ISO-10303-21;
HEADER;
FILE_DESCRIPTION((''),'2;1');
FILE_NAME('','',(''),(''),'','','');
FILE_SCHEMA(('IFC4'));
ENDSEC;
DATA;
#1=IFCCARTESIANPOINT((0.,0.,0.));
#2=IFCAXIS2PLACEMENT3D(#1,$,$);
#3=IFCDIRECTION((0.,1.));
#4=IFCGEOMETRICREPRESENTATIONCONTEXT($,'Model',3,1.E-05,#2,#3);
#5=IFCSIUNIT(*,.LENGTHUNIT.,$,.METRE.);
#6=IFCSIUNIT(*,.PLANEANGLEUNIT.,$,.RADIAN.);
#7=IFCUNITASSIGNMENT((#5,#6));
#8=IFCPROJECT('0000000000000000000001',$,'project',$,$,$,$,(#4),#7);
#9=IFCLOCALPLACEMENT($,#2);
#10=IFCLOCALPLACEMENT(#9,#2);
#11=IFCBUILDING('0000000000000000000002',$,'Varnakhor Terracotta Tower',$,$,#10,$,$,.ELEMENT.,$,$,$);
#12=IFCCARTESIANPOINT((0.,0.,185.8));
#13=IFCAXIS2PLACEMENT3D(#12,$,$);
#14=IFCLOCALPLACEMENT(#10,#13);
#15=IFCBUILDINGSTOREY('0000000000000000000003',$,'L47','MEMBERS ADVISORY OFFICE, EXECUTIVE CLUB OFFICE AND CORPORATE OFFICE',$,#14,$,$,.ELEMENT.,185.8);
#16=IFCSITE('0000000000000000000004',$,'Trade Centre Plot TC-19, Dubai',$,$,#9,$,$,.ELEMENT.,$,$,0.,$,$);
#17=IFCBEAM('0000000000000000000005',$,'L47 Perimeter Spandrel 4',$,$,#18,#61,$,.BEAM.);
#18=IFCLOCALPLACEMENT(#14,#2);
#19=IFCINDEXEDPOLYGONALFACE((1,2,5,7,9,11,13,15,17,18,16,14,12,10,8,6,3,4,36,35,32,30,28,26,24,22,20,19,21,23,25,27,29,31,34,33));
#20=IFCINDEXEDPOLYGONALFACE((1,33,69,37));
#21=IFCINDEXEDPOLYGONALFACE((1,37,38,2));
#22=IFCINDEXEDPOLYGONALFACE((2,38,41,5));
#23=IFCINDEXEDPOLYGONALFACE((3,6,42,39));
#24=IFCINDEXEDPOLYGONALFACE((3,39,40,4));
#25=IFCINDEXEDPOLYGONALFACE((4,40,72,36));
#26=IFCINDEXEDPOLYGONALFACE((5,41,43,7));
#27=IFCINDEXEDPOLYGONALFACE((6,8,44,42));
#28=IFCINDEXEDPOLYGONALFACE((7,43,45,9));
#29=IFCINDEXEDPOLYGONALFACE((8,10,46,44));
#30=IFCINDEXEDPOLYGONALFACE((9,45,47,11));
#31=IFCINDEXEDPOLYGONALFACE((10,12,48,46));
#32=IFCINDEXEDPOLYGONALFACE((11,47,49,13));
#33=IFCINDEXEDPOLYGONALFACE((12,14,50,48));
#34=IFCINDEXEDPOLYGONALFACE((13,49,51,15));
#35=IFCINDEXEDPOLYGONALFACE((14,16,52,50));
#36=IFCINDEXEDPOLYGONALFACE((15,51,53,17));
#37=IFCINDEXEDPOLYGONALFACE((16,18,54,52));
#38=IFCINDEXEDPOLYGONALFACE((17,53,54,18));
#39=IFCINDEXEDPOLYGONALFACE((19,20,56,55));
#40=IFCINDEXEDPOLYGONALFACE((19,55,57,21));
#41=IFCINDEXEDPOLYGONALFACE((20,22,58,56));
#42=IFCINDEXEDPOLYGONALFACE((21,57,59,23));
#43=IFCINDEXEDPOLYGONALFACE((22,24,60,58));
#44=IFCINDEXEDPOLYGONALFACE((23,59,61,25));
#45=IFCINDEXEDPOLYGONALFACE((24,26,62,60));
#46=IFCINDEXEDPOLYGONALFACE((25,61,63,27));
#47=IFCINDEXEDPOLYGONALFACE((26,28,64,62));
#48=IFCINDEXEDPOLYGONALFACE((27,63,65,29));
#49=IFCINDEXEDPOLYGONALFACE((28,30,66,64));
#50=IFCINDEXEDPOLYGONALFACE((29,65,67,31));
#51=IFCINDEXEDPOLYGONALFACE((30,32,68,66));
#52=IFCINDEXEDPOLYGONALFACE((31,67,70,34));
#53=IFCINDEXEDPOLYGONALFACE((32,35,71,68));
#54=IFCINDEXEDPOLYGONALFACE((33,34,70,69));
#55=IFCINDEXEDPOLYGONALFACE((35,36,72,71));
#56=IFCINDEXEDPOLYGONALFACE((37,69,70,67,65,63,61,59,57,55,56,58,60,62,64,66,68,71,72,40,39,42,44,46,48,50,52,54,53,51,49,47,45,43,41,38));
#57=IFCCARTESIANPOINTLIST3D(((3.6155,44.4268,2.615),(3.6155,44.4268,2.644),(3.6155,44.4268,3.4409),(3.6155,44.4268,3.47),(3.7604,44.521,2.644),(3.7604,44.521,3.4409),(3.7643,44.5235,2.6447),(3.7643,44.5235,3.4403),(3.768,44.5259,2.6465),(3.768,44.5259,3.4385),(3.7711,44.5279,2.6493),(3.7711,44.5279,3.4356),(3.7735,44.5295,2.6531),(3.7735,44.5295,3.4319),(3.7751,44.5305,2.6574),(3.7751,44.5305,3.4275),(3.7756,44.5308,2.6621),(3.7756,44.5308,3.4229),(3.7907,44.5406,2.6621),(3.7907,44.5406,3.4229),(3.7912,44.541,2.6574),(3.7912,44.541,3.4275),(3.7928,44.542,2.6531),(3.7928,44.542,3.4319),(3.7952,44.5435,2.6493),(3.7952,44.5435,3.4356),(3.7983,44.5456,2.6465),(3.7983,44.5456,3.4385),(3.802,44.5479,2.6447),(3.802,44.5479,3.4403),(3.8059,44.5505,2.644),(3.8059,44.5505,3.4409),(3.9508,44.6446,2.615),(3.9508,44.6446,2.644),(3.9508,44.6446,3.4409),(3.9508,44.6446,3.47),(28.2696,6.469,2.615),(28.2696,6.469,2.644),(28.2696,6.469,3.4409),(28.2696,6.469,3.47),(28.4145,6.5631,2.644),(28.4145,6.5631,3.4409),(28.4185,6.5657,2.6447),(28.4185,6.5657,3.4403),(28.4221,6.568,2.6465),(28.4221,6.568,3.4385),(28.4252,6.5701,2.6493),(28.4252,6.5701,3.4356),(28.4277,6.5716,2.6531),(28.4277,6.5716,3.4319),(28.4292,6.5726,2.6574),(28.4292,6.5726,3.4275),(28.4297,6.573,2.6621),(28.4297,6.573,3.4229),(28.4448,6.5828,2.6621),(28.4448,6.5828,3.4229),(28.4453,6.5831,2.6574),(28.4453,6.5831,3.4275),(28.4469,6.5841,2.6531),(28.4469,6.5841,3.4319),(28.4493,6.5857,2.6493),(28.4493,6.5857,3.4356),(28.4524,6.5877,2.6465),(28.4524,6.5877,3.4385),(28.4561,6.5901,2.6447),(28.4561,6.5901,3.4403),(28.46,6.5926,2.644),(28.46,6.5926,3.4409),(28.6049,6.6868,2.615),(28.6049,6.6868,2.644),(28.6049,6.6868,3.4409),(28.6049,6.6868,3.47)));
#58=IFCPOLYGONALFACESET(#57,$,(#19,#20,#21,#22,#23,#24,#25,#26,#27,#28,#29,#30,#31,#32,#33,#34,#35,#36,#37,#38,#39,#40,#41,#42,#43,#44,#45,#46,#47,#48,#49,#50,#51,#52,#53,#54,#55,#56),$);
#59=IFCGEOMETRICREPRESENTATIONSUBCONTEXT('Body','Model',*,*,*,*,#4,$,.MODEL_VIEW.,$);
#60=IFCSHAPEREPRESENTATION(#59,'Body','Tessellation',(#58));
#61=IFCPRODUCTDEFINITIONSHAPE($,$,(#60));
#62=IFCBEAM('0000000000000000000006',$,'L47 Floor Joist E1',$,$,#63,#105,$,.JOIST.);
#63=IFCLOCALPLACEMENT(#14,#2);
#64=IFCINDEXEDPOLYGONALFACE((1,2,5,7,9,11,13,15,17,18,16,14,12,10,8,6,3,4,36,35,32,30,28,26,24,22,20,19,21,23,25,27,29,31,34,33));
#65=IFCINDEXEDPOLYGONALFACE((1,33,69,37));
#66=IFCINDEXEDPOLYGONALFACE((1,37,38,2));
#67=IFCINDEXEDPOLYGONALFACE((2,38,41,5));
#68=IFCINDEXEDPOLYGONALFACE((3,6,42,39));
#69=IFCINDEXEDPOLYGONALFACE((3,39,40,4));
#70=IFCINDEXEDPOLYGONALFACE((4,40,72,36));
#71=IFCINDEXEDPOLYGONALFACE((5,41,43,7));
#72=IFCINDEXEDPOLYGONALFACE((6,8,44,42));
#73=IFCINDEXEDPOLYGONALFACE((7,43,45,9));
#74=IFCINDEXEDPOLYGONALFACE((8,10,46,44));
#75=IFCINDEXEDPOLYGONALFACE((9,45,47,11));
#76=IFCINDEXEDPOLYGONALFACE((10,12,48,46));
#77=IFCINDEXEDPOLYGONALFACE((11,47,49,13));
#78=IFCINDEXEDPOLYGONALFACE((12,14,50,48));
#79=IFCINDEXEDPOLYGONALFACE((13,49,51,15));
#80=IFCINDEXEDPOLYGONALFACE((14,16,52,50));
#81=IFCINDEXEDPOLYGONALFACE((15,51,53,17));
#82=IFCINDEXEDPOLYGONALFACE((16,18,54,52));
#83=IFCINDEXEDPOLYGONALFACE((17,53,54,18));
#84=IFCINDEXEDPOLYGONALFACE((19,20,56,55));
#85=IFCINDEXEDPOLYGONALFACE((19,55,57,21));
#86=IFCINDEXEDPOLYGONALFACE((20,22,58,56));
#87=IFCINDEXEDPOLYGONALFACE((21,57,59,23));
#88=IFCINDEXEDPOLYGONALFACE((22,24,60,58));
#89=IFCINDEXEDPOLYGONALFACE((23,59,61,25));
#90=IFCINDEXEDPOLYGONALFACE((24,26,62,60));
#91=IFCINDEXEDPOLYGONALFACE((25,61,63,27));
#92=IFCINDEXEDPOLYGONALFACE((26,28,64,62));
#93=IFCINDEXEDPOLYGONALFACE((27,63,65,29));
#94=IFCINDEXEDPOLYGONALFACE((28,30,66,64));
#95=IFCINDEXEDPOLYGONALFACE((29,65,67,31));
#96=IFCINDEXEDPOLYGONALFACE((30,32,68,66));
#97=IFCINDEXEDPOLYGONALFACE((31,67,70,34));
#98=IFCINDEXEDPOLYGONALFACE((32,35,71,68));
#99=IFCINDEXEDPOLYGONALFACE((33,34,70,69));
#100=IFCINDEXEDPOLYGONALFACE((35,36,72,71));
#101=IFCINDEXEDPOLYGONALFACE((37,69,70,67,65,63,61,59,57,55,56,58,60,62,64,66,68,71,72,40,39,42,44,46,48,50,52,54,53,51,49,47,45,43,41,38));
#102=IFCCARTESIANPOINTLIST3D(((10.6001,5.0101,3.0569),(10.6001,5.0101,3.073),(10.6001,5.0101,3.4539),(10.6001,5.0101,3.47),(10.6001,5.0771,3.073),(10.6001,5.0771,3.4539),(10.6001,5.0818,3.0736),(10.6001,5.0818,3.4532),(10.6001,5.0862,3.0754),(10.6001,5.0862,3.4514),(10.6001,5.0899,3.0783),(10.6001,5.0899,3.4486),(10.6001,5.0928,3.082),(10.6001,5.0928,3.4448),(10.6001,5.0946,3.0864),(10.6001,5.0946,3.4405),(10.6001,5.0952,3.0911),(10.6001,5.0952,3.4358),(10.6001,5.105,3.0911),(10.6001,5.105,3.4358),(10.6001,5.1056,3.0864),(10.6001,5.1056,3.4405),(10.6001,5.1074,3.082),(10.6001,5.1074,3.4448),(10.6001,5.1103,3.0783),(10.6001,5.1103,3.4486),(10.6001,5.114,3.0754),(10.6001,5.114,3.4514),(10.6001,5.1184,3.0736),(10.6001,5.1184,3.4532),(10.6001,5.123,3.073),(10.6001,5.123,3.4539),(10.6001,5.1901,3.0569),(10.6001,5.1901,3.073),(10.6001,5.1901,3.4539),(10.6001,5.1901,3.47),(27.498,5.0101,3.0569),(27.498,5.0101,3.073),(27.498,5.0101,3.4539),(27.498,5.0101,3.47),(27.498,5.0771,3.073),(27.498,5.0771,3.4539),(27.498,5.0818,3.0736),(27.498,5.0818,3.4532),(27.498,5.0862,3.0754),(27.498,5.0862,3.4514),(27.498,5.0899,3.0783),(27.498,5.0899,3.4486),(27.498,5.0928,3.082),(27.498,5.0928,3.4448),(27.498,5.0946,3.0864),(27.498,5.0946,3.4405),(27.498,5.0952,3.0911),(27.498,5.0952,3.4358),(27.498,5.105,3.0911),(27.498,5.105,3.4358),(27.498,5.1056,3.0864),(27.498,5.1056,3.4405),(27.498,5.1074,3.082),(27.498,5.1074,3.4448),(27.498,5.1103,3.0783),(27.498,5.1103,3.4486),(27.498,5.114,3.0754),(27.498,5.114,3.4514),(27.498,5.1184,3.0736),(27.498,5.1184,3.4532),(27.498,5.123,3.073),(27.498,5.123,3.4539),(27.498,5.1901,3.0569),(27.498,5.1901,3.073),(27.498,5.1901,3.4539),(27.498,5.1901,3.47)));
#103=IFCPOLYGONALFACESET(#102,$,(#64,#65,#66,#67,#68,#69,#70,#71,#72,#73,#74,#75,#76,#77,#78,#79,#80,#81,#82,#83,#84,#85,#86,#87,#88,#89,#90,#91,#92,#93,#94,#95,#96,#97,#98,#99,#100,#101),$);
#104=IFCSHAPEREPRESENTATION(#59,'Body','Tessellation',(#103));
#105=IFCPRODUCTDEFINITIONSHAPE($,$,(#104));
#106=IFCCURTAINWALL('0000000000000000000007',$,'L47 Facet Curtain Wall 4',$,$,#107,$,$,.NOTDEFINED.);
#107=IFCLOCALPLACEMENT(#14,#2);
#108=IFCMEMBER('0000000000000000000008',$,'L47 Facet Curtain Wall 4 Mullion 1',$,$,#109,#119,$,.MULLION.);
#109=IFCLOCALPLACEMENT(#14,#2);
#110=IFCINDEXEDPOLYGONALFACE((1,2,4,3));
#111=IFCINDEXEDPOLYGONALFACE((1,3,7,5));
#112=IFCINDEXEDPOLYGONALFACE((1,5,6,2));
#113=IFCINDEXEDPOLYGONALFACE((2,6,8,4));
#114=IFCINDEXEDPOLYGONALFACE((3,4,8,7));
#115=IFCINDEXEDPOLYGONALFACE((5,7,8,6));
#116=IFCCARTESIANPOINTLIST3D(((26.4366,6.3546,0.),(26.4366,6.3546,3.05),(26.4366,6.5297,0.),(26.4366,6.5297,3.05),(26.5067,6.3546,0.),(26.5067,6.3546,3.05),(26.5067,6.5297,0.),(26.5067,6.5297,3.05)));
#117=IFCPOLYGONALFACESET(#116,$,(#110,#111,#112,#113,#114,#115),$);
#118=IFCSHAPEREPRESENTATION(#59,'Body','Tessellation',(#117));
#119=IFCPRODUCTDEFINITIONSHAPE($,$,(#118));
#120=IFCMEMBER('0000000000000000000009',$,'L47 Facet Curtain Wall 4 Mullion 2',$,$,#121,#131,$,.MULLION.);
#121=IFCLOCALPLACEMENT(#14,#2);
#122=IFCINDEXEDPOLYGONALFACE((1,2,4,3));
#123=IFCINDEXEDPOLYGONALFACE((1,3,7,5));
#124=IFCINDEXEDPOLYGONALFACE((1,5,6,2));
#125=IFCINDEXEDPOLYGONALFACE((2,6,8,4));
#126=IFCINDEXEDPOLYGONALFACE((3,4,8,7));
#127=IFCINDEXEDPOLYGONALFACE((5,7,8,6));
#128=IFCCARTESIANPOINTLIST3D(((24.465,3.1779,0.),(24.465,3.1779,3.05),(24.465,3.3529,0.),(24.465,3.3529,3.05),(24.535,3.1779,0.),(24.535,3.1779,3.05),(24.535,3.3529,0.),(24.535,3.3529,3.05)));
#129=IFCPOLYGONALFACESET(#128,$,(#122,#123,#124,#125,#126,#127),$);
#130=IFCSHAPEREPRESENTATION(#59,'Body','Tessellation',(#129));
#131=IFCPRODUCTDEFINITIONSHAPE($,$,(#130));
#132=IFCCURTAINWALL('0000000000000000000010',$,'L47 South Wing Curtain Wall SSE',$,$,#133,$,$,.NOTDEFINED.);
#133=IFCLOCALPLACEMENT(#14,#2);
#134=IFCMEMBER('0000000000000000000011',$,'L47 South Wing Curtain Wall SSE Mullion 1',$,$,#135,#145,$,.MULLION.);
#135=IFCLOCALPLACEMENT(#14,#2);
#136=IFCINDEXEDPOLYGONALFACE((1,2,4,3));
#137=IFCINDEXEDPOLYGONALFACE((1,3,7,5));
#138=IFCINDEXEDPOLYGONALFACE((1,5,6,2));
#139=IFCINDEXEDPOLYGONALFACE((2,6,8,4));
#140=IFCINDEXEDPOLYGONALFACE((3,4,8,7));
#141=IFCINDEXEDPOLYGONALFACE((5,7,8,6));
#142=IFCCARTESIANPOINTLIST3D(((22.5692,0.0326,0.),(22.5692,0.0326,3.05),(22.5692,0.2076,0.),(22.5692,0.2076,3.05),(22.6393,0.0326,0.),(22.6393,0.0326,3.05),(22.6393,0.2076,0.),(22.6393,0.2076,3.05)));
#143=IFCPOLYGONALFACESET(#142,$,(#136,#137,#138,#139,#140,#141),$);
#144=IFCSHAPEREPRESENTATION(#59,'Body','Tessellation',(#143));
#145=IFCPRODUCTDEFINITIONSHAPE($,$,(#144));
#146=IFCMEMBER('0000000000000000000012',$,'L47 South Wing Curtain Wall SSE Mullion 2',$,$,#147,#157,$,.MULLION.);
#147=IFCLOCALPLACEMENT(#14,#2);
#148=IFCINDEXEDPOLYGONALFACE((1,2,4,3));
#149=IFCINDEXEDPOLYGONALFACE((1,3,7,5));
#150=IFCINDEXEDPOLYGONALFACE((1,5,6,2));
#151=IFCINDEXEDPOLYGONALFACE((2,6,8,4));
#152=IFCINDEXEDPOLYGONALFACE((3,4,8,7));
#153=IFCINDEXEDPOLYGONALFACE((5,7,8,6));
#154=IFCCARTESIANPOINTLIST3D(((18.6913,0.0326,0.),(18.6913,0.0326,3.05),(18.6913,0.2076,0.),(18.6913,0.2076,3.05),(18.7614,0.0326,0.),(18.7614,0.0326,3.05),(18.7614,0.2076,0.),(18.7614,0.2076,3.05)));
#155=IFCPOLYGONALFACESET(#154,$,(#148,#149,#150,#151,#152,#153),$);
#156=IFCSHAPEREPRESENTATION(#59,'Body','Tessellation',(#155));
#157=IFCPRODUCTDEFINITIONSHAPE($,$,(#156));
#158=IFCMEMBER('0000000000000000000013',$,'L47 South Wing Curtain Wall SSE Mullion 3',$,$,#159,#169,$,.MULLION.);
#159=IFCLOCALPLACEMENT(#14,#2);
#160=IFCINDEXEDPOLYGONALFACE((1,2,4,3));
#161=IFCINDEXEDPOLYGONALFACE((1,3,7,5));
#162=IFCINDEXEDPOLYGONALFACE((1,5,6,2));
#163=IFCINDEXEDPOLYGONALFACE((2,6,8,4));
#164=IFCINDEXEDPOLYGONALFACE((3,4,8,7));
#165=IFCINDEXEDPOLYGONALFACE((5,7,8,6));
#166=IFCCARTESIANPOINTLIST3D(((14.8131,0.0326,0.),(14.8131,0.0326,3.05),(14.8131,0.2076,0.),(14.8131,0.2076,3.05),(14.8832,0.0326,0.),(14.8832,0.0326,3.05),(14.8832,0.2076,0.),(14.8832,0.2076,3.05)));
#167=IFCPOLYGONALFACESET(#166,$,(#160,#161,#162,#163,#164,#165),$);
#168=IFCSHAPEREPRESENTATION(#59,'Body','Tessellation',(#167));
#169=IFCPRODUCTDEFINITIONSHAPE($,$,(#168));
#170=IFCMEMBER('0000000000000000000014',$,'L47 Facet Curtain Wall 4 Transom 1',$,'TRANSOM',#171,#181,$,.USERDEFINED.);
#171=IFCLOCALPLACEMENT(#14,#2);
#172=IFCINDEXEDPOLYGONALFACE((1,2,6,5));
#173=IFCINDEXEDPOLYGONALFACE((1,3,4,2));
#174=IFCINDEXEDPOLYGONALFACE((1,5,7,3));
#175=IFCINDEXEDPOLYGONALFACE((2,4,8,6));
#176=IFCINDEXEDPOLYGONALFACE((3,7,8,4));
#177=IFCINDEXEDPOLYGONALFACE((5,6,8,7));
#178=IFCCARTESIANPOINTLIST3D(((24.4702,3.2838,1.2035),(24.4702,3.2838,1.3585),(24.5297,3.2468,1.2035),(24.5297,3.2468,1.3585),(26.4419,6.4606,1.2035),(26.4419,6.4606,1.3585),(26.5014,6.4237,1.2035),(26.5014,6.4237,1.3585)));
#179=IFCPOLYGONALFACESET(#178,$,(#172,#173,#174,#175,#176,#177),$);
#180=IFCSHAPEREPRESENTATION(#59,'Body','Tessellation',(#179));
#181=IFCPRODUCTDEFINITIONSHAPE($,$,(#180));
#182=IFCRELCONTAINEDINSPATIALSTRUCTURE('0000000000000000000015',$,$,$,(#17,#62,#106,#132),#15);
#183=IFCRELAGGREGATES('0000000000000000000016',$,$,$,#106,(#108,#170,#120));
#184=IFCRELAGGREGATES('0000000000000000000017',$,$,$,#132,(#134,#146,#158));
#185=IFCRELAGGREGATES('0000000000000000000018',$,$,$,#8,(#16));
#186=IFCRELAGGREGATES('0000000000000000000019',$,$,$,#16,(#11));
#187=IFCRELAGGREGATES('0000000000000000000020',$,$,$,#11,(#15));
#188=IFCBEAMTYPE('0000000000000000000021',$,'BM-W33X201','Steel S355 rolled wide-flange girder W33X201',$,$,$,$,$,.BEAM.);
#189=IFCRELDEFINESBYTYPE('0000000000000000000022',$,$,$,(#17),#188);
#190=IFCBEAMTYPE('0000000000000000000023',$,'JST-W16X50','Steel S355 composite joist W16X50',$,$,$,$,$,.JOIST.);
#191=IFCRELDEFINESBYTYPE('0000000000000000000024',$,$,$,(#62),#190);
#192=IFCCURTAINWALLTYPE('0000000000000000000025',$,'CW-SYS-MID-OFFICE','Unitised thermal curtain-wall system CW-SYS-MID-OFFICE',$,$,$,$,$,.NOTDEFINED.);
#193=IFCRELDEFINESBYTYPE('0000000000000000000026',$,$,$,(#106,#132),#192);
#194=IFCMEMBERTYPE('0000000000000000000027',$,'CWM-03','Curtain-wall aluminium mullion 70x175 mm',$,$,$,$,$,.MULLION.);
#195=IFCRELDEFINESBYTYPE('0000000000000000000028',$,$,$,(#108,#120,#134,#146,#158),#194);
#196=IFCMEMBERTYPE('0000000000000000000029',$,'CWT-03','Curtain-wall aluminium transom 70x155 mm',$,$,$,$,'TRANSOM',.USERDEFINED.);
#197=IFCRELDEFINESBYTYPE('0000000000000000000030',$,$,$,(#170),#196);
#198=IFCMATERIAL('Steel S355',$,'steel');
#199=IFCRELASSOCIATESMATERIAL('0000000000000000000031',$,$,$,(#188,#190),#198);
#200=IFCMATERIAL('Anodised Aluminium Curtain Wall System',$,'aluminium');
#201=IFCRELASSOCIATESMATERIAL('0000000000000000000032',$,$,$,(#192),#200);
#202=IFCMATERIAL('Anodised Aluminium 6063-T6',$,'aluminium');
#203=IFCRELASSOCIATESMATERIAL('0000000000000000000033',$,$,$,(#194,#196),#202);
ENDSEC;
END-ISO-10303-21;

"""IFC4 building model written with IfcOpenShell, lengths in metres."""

from ifc_helpers import new_model, si_unit, direction, frame, origin, origin_2d, place, context, subcontext, project, spatial, rectangle, i_section, extrude, source, transform, mapped, material, material_profile, profile_set, type_object, element, aggregate, save


model = new_model("IFC4")

# Units and contexts
model_context = context("Model", 3, precision=1e-05, world=origin(), true_north=direction((0.0, 1.0)))
body_context = subcontext(model_context, "Body", "Model", "MODEL_VIEW")
ifc_project = project(units=[si_unit("LENGTHUNIT", "METRE"), si_unit("PLANEANGLEUNIT", "RADIAN")], contexts=[model_context])

# Site, building, storey
site_placement = place(None, origin())
site = spatial("IfcSite", under=ifc_project, at=site_placement, Name="Trade Centre Plot TC-19, Dubai", CompositionType="ELEMENT", RefElevation=0.0)
building_placement = place(site_placement, origin())
building = spatial("IfcBuilding", under=site, at=building_placement, Name="Varnakhor Terracotta Tower", CompositionType="ELEMENT")
storey_placement = place(building_placement, frame((0.0, 0.0, 185.8)))
storey = spatial("IfcBuildingStorey", under=building, at=storey_placement, Name="L47", Description="MEMBERS ADVISORY OFFICE, EXECUTIVE CLUB OFFICE AND CORPORATE OFFICE", CompositionType="ELEMENT", Elevation=185.8)

# Beams
ifc_material_1 = material(Name="Steel S355", Category="steel")
ifc_material_profile_1 = material_profile(ifc_material_1, i_section(OverallWidth=0.3999, OverallDepth=0.855, WebThickness=0.0181, FlangeThickness=0.0291, FilletRadius=0.0181, at=origin_2d()), Name="W33X201")
ifc_profile_set_1 = profile_set([ifc_material_profile_1], Name="Steel S355")
beam_type_1 = type_object("IfcBeamType", Name="BM-W33X201", Description="Steel S355 rolled wide-flange girder W33X201", PredefinedType="BEAM", material=ifc_profile_set_1)
shared_shape_1 = source(origin(), body_context, "Body", "SweptSolid", [
    extrude(i_section(OverallWidth=0.3999, OverallDepth=0.855, WebThickness=0.0181, FlangeThickness=0.0291, FilletRadius=0.0181, at=origin_2d()), origin(), (0.0, 0.0, 1.0), 45.2617),
])
beam_1_placement = place(storey_placement, frame((28.4373, 6.5779, 3.0425), z_axis=(-0.544701, 0.83863, 0.0), x_axis=(-0.83863, -0.544701, 0.0)))
element("IfcBeam", 1, at=beam_1_placement, inside=storey, type_object=beam_type_1, Name="L47 Perimeter Spandrel 4", PredefinedType="BEAM", context=body_context, shape_type="MappedRepresentation", body=[
    mapped(shared_shape_1, transform((0.0, 0.0, 0.0), scale=1.0)),
])
ifc_material_profile_2 = material_profile(ifc_material_1, i_section(OverallWidth=0.1799, OverallDepth=0.4131, WebThickness=0.0098, FlangeThickness=0.0161, FilletRadius=0.0181, at=origin_2d()), Name="W16X50")
ifc_profile_set_2 = profile_set([ifc_material_profile_2], Name="Steel S355")
beam_type_2 = type_object("IfcBeamType", Name="JST-W16X50", Description="Steel S355 composite joist W16X50", PredefinedType="JOIST", material=ifc_profile_set_2)
shared_shape_2 = source(origin(), body_context, "Body", "SweptSolid", [
    extrude(i_section(OverallWidth=0.1799, OverallDepth=0.4131, WebThickness=0.0098, FlangeThickness=0.0161, FilletRadius=0.0181, at=origin_2d()), origin(), (0.0, 0.0, 1.0), 16.8979),
])
beam_2_placement = place(storey_placement, frame((10.6001, 5.1001, 3.2634), z_axis=(1.0, 0.0, 0.0), x_axis=(0.0, 1.0, 0.0)))
element("IfcBeam", 2, at=beam_2_placement, inside=storey, type_object=beam_type_2, Name="L47 Floor Joist E1", PredefinedType="JOIST", context=body_context, shape_type="MappedRepresentation", body=[
    mapped(shared_shape_2, transform((0.0, 0.0, 0.0), scale=1.0)),
])

# Curtain walls, members
ifc_material_2 = material(Name="Anodised Aluminium Curtain Wall System", Category="aluminium")
curtain_wall_type = type_object("IfcCurtainWallType", Name="CW-SYS-MID-OFFICE", Description="Unitised thermal curtain-wall system CW-SYS-MID-OFFICE", PredefinedType="NOTDEFINED", material=ifc_material_2)
curtain_wall_1_placement = place(storey_placement, origin())
curtain_wall_1 = element("IfcCurtainWall", 3, at=curtain_wall_1_placement, inside=storey, type_object=curtain_wall_type, Name="L47 Facet Curtain Wall 4", PredefinedType="NOTDEFINED")
ifc_material_3 = material(Name="Anodised Aluminium 6063-T6", Category="aluminium")
ifc_material_profile_3 = material_profile(ifc_material_3, rectangle(XDim=0.0701, YDim=0.175, at=origin_2d()), Name="ALU MULLION 70x175")
ifc_profile_set_3 = profile_set([ifc_material_profile_3], Name="Anodised Aluminium 6063-T6")
member_type_1 = type_object("IfcMemberType", Name="CWM-03", Description="Curtain-wall aluminium mullion 70x175 mm", PredefinedType="MULLION", material=ifc_profile_set_3)
shared_shape_3 = source(origin(), body_context, "Body", "SweptSolid", [
    extrude(rectangle(XDim=0.0701, YDim=0.175, at=origin_2d()), origin(), (0.0, 0.0, 1.0), 3.05),
])
member_1_placement = place(storey_placement, frame((26.4717, 6.4421, 0.0), z_axis=(0.0, 0.0, 1.0), x_axis=(1.0, 0.0, 0.0)))
member_1 = element("IfcMember", 4, at=member_1_placement, type_object=member_type_1, Name="L47 Facet Curtain Wall 4 Mullion 1", PredefinedType="MULLION", context=body_context, shape_type="MappedRepresentation", body=[
    mapped(shared_shape_3, transform((0.0, 0.0, 0.0), scale=1.0)),
])
member_2_placement = place(storey_placement, frame((24.5, 3.2654, 0.0), z_axis=(0.0, 0.0, 1.0), x_axis=(1.0, 0.0, 0.0)))
member_2 = element("IfcMember", 5, at=member_2_placement, type_object=member_type_1, Name="L47 Facet Curtain Wall 4 Mullion 2", PredefinedType="MULLION", context=body_context, shape_type="MappedRepresentation", body=[
    mapped(shared_shape_3, transform((0.0, 0.0, 0.0), scale=1.0)),
])
curtain_wall_2_placement = place(storey_placement, origin())
curtain_wall_2 = element("IfcCurtainWall", 6, at=curtain_wall_2_placement, inside=storey, type_object=curtain_wall_type, Name="L47 South Wing Curtain Wall SSE", PredefinedType="NOTDEFINED")
member_3_placement = place(storey_placement, frame((22.6042, 0.1201, 0.0), z_axis=(0.0, 0.0, 1.0), x_axis=(1.0, 0.0, 0.0)))
member_3 = element("IfcMember", 7, at=member_3_placement, type_object=member_type_1, Name="L47 South Wing Curtain Wall SSE Mullion 1", PredefinedType="MULLION", context=body_context, shape_type="MappedRepresentation", body=[
    mapped(shared_shape_3, transform((0.0, 0.0, 0.0), scale=1.0)),
])
member_4_placement = place(storey_placement, frame((18.7263, 0.1201, 0.0), z_axis=(0.0, 0.0, 1.0), x_axis=(1.0, 0.0, 0.0)))
member_4 = element("IfcMember", 8, at=member_4_placement, type_object=member_type_1, Name="L47 South Wing Curtain Wall SSE Mullion 2", PredefinedType="MULLION", context=body_context, shape_type="MappedRepresentation", body=[
    mapped(shared_shape_3, transform((0.0, 0.0, 0.0), scale=1.0)),
])
member_5_placement = place(storey_placement, frame((14.8481, 0.1201, 0.0), z_axis=(0.0, 0.0, 1.0), x_axis=(1.0, 0.0, 0.0)))
member_5 = element("IfcMember", 9, at=member_5_placement, type_object=member_type_1, Name="L47 South Wing Curtain Wall SSE Mullion 3", PredefinedType="MULLION", context=body_context, shape_type="MappedRepresentation", body=[
    mapped(shared_shape_3, transform((0.0, 0.0, 0.0), scale=1.0)),
])

# Member
ifc_material_profile_4 = material_profile(ifc_material_3, rectangle(XDim=0.0701, YDim=0.155, at=origin_2d()), Name="ALU TRANSOM 70x155")
ifc_profile_set_4 = profile_set([ifc_material_profile_4], Name="Anodised Aluminium 6063-T6")
member_type_2 = type_object("IfcMemberType", Name="CWT-03", Description="Curtain-wall aluminium transom 70x155 mm", ElementType="TRANSOM", PredefinedType="USERDEFINED", material=ifc_profile_set_4)
shared_shape_4 = source(origin(), body_context, "Body", "SweptSolid", [
    extrude(rectangle(XDim=0.0701, YDim=0.155, at=origin_2d()), origin(), (0.0, 0.0, 1.0), 3.739),
])
member_6_placement = place(storey_placement, frame((26.4717, 6.4421, 1.281), z_axis=(-0.527343, -0.849652, 0.0), x_axis=(0.849652, -0.527343, 0.0)))
member_6 = element("IfcMember", 10, at=member_6_placement, type_object=member_type_2, Name="L47 Facet Curtain Wall 4 Transom 1", ObjectType="TRANSOM", PredefinedType="USERDEFINED", context=body_context, shape_type="MappedRepresentation", body=[
    mapped(shared_shape_4, transform((0.0, 0.0, 0.0), scale=1.0)),
])

aggregate(curtain_wall_1, [member_1, member_6, member_2])
aggregate(curtain_wall_2, [member_3, member_4, member_5])

save(model, "model.ifc")
